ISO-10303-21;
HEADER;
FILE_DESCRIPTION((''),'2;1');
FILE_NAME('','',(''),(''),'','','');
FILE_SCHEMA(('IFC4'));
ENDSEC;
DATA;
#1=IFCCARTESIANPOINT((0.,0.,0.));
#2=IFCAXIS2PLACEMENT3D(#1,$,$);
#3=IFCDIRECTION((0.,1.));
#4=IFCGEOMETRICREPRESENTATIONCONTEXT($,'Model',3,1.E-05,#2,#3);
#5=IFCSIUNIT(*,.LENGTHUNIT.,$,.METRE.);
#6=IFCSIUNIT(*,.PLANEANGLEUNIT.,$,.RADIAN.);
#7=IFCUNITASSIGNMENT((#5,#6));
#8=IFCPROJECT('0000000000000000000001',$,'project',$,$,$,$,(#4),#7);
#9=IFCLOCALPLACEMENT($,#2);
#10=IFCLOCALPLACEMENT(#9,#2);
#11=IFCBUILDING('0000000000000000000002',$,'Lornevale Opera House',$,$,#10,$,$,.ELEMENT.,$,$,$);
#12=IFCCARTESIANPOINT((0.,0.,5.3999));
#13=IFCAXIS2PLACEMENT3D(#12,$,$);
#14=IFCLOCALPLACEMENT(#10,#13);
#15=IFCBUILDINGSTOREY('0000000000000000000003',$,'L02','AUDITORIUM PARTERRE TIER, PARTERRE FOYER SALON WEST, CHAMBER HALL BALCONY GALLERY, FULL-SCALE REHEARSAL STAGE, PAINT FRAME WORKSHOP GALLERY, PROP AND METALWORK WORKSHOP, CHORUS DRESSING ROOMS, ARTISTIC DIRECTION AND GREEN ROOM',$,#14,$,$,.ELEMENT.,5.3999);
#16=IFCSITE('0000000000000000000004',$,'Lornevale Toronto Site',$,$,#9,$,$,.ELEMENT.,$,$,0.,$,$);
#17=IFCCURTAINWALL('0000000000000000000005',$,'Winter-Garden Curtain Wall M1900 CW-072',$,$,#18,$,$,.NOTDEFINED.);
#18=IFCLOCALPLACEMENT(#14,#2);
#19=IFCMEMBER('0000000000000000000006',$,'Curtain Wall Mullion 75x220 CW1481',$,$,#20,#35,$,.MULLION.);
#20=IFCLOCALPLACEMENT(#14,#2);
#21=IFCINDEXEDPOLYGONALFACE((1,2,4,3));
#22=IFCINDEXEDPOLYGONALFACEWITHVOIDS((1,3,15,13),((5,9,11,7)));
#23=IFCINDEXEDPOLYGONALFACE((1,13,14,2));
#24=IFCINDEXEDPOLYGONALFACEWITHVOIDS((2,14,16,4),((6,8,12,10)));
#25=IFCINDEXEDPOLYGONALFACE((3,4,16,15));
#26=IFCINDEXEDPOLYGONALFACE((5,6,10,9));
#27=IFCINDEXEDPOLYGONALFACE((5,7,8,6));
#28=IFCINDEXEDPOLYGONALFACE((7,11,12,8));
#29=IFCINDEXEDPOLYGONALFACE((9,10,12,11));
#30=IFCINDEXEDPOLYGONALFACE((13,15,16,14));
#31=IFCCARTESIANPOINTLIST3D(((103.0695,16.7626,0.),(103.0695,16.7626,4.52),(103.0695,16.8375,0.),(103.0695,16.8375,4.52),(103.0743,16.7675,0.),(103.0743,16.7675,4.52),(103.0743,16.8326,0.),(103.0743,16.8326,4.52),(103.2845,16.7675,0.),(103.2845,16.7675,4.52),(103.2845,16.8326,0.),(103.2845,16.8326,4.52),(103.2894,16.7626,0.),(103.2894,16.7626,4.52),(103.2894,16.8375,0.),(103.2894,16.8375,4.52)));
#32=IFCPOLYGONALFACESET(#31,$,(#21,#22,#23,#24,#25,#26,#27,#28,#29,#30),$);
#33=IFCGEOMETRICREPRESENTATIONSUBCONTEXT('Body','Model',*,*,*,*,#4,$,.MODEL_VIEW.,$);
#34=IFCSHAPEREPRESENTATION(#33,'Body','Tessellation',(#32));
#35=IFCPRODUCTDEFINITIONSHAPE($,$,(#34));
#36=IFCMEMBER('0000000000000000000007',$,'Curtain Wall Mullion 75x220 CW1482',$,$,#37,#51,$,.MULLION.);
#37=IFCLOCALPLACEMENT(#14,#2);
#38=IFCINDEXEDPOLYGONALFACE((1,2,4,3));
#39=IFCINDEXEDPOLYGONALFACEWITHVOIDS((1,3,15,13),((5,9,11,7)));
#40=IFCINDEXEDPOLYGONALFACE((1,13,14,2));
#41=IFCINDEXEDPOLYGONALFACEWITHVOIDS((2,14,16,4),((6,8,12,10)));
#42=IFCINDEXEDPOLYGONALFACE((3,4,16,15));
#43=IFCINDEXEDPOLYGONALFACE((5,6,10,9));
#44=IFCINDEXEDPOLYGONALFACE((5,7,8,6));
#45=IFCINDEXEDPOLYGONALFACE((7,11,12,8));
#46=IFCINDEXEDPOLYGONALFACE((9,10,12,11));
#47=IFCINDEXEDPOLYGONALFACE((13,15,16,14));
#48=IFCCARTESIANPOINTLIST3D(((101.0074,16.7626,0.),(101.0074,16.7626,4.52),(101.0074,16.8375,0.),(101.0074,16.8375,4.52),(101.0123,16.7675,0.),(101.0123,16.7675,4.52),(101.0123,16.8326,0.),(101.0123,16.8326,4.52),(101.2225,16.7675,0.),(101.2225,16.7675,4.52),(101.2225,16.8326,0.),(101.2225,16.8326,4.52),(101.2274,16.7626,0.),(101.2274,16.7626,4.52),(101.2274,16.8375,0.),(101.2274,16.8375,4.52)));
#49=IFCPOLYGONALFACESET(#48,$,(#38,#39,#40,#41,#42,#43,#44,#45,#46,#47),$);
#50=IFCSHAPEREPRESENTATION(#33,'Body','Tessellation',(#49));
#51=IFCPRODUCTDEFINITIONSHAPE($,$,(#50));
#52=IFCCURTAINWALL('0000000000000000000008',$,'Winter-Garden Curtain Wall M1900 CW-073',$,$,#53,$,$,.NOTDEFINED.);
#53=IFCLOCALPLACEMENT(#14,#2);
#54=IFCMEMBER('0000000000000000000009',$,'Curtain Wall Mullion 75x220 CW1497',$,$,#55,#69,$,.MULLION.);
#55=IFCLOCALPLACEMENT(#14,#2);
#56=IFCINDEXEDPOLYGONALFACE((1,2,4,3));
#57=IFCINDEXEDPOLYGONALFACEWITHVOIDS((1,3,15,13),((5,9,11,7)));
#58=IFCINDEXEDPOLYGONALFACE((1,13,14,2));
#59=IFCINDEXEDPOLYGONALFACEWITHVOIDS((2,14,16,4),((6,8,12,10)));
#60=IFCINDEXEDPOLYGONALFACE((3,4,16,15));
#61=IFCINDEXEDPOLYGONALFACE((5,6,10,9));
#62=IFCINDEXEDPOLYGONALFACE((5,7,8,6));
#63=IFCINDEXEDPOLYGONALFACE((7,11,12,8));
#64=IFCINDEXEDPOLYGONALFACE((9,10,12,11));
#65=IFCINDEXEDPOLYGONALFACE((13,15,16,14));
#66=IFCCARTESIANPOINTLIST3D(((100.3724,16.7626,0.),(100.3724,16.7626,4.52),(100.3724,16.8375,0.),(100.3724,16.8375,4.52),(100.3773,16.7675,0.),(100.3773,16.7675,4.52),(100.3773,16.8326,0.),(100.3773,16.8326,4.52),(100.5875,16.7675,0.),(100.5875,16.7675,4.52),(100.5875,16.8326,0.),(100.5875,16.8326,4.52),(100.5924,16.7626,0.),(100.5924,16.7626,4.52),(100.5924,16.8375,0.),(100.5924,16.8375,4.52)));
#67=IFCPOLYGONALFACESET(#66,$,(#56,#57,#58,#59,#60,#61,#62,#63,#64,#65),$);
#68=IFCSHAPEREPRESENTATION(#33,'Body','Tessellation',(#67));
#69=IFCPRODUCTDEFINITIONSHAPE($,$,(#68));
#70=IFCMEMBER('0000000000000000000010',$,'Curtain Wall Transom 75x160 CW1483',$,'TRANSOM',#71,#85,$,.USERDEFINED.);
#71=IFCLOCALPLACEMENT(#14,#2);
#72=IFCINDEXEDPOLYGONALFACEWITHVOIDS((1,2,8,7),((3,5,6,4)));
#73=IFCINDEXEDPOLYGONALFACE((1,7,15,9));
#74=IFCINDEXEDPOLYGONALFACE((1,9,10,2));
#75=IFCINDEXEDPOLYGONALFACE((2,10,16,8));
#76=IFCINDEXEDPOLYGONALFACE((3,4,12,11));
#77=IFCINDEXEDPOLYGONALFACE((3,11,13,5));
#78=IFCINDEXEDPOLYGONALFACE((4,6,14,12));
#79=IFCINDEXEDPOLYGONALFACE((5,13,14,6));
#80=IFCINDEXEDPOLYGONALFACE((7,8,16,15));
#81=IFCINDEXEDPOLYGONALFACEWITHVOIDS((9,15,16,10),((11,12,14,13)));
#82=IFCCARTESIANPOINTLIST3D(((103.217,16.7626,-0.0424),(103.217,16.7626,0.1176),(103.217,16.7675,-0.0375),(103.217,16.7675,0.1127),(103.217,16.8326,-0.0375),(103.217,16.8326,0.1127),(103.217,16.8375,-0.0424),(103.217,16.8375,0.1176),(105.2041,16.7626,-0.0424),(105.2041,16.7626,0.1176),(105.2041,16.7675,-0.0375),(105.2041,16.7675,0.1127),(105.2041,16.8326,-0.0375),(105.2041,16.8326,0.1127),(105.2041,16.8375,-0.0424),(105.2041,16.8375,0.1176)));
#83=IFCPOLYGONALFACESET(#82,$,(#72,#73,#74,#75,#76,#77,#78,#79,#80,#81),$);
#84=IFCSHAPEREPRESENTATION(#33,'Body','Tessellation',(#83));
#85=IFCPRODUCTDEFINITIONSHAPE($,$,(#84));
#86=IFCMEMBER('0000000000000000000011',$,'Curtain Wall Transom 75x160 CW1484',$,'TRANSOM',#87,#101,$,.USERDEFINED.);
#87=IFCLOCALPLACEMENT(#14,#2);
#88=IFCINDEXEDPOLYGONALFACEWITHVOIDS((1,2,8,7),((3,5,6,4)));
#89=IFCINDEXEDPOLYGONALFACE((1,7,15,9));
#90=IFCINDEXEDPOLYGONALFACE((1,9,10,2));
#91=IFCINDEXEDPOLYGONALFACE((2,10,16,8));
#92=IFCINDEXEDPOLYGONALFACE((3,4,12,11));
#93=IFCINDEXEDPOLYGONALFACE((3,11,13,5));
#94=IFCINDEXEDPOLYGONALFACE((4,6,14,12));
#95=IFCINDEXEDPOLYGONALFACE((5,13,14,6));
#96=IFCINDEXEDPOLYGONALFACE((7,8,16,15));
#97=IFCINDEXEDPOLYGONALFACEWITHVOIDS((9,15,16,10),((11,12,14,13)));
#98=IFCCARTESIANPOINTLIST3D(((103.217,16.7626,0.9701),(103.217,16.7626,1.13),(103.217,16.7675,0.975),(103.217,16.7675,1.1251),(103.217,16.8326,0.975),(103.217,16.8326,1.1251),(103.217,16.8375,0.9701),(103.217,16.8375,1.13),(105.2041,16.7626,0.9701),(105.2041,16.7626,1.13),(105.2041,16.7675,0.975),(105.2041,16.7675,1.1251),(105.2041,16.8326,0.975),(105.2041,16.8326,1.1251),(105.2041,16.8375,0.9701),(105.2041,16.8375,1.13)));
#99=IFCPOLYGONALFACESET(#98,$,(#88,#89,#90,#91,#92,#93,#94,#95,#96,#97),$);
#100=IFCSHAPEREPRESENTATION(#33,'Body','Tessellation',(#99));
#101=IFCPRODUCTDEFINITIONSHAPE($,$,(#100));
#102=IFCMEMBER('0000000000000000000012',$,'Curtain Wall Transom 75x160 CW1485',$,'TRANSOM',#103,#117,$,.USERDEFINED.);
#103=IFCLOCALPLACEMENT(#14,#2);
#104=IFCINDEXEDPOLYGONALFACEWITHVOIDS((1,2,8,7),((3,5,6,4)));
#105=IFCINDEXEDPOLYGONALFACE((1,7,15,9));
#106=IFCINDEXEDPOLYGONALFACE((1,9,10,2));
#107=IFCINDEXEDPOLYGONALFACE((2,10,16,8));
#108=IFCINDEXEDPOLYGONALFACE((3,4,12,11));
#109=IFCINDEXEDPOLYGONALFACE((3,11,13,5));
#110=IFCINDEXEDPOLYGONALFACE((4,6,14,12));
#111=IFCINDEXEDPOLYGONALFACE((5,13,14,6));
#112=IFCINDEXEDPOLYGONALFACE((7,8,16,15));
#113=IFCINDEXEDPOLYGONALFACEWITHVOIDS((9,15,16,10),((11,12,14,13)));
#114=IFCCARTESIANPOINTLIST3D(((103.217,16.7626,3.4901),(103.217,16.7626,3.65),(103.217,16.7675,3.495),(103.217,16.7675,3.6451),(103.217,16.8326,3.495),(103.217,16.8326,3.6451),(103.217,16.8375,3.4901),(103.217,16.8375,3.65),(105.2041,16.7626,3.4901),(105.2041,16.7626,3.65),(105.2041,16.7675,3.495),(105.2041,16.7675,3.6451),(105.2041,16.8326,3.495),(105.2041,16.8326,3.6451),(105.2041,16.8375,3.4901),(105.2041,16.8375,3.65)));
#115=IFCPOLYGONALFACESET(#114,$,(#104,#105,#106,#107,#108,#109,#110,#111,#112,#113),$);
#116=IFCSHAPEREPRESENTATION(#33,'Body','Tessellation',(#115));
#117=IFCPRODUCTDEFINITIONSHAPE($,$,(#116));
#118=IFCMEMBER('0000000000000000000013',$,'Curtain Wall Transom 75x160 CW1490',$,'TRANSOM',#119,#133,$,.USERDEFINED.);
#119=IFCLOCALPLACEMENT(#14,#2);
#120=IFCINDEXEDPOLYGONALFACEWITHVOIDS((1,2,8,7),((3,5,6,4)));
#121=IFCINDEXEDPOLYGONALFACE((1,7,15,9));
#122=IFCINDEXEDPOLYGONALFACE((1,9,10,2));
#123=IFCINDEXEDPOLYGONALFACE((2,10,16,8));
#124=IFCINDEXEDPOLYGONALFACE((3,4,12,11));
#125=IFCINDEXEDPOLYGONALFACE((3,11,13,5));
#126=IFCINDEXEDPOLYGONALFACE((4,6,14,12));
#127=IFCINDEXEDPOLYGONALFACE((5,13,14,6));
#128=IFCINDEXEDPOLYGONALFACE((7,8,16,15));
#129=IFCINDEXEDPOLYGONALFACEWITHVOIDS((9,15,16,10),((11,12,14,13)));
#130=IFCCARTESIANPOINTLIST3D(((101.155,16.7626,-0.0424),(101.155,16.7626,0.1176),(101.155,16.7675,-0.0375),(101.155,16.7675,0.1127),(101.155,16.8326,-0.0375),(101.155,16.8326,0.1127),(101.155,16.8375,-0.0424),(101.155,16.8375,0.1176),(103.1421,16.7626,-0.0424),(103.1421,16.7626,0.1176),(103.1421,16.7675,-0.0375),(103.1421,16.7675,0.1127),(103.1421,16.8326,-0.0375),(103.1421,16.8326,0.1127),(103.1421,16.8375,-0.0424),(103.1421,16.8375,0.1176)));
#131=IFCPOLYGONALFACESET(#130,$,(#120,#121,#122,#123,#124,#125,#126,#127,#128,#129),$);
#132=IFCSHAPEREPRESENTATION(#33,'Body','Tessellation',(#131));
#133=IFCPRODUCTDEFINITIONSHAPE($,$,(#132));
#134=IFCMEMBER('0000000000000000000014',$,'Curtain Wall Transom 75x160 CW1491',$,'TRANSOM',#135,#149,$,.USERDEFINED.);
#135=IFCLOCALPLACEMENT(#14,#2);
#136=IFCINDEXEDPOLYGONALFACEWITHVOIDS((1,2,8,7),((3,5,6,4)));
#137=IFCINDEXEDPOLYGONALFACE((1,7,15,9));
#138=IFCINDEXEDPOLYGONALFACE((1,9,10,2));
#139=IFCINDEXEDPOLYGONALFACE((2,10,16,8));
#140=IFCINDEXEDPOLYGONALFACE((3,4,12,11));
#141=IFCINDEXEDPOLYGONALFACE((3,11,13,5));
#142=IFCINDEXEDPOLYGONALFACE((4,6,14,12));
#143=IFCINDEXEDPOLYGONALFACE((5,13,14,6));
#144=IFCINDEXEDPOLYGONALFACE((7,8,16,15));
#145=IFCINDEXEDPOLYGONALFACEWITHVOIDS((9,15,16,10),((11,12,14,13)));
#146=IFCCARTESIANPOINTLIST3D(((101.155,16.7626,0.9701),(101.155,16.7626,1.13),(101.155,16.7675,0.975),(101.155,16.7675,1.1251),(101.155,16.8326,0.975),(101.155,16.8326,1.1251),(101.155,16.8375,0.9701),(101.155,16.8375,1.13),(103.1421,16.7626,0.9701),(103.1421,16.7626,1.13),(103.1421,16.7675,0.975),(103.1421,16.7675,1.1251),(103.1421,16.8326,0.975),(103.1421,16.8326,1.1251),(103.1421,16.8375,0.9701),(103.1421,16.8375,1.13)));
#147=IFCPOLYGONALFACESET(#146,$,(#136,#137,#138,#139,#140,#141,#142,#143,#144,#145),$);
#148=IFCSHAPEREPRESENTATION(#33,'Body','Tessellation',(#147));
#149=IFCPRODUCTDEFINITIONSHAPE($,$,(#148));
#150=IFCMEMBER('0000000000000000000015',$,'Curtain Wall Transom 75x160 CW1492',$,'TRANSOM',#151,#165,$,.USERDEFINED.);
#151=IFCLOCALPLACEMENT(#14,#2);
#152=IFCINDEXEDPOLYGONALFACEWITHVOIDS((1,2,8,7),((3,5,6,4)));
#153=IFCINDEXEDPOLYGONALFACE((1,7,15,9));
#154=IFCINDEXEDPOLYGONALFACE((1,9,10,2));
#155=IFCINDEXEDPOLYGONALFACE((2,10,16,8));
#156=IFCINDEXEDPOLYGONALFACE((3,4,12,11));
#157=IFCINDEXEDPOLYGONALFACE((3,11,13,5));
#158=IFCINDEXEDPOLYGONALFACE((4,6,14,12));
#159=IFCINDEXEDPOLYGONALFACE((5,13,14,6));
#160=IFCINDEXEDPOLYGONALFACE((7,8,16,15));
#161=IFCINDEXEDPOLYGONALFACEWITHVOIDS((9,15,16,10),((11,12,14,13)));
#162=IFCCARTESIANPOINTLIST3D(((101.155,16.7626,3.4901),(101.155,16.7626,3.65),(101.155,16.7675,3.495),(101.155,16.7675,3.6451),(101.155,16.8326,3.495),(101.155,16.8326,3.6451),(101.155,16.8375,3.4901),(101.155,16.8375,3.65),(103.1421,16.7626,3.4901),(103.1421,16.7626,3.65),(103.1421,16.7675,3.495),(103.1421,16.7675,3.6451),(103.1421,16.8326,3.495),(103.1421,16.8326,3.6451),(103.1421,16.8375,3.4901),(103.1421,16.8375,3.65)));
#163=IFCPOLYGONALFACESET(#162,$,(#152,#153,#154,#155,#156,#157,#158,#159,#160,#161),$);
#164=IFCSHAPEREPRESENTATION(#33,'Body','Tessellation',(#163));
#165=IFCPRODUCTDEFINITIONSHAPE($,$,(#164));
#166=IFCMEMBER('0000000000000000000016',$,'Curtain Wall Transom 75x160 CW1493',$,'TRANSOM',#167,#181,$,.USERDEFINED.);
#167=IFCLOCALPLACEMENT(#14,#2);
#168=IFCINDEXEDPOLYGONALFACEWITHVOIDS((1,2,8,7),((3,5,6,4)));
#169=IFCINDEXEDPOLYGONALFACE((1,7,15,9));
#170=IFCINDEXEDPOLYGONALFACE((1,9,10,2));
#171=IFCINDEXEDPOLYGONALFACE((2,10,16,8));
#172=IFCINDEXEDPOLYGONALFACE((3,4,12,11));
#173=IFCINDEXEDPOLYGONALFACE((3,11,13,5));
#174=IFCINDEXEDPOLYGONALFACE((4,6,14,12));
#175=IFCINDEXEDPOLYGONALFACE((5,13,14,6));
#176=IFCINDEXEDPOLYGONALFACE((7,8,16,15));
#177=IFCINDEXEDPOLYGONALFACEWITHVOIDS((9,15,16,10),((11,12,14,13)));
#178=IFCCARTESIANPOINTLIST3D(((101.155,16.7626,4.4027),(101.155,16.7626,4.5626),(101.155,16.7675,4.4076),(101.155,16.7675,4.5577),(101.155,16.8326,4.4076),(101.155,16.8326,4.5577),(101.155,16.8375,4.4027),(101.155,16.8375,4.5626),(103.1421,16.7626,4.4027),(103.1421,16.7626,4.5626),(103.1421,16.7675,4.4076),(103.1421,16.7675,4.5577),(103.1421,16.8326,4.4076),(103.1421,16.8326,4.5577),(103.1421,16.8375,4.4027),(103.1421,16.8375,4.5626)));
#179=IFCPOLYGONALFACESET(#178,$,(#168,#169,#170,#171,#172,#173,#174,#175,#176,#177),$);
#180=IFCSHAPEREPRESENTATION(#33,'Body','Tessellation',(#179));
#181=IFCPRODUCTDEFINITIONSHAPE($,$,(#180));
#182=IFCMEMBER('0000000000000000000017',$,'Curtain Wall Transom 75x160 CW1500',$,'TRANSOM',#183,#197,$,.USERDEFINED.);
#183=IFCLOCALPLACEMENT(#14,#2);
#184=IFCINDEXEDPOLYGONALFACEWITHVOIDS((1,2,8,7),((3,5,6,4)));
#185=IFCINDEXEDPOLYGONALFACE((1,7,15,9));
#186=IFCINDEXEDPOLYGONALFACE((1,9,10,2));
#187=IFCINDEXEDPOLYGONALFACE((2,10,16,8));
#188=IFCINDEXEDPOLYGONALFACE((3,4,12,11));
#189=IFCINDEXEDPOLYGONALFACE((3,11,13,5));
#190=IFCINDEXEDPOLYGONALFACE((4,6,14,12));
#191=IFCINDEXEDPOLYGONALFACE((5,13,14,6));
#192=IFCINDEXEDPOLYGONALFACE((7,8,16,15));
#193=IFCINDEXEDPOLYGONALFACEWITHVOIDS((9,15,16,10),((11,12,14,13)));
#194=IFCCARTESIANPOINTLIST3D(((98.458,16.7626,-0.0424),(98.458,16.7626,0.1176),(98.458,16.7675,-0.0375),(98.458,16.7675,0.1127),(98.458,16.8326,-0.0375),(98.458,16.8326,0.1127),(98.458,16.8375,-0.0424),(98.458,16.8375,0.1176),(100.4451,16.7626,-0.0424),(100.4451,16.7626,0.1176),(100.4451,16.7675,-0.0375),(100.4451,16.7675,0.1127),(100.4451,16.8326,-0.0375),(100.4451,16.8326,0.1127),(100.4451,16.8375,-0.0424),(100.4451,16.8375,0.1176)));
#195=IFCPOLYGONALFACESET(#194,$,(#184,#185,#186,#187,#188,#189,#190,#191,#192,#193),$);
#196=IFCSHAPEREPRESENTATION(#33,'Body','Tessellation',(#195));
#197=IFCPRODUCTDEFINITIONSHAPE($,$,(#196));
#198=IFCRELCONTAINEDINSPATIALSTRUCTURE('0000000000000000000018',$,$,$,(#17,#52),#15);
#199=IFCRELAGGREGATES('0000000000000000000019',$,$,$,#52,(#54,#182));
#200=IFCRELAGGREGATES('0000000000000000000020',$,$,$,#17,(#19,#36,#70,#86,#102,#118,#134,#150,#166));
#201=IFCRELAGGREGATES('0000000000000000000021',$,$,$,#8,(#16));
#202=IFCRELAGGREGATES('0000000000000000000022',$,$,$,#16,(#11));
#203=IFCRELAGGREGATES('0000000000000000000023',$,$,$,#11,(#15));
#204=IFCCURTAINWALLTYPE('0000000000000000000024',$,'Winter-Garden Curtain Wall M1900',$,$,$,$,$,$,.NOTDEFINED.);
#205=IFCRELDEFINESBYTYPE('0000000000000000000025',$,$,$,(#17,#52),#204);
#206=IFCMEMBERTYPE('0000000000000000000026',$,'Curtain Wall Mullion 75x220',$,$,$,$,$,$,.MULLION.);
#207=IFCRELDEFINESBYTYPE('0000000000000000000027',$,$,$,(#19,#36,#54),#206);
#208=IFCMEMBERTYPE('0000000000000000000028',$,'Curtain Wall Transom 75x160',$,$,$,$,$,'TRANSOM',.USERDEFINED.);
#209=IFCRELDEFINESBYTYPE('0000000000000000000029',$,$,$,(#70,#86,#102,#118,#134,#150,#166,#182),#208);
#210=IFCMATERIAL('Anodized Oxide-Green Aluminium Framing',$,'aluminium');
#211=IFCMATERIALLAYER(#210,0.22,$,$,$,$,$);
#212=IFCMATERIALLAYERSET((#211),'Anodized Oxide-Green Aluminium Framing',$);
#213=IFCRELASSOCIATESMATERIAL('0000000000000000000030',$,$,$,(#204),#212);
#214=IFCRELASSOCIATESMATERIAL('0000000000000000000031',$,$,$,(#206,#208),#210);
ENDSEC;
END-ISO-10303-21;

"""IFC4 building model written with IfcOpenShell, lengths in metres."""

from ifc_helpers import new_model, si_unit, direction, frame, origin, origin_2d, place, context, subcontext, project, spatial, hollow_rectangle, extrude, material, layer, layer_set, material_profile, profile_set, type_object, element, aggregate, save


model = new_model("IFC4")

# Units and contexts
model_context = context("Model", 3, precision=1e-05, world=origin(), true_north=direction((0.0, 1.0)))
body_context = subcontext(model_context, "Body", "Model", "MODEL_VIEW")
ifc_project = project(units=[si_unit("LENGTHUNIT", "METRE"), si_unit("PLANEANGLEUNIT", "RADIAN")], contexts=[model_context])

# Site, building, storey
site_placement = place(None, origin())
site = spatial("IfcSite", under=ifc_project, at=site_placement, Name="Lornevale Toronto Site", CompositionType="ELEMENT", RefElevation=0.0)
building_placement = place(site_placement, origin())
building = spatial("IfcBuilding", under=site, at=building_placement, Name="Lornevale Opera House", CompositionType="ELEMENT")
storey_placement = place(building_placement, frame((0.0, 0.0, 5.3999)))
storey = spatial("IfcBuildingStorey", under=building, at=storey_placement, Name="L02", Description="AUDITORIUM PARTERRE TIER, PARTERRE FOYER SALON WEST, CHAMBER HALL BALCONY GALLERY, FULL-SCALE REHEARSAL STAGE, PAINT FRAME WORKSHOP GALLERY, PROP AND METALWORK WORKSHOP, CHORUS DRESSING ROOMS, ARTISTIC DIRECTION AND GREEN ROOM", CompositionType="ELEMENT", Elevation=5.3999)

# Curtain wall, members
ifc_material_1 = material(Name="Anodized Oxide-Green Aluminium Framing", Category="aluminium")
ifc_layer_1 = layer(ifc_material_1, 0.22)
ifc_layer_set_1 = layer_set([ifc_layer_1], Name="Anodized Oxide-Green Aluminium Framing")
curtain_wall_type = type_object("IfcCurtainWallType", Name="Winter-Garden Curtain Wall M1900", PredefinedType="NOTDEFINED", material=ifc_layer_set_1)
curtain_wall_1_placement = place(storey_placement, origin())
curtain_wall_1 = element("IfcCurtainWall", 1, at=curtain_wall_1_placement, inside=storey, type_object=curtain_wall_type, Name="Winter-Garden Curtain Wall M1900 CW-072", PredefinedType="NOTDEFINED")
ifc_material_profile_1 = material_profile(ifc_material_1, hollow_rectangle(XDim=0.075, YDim=0.22, WallThickness=0.0049, at=origin_2d()), Name="ALU75x220x5")
ifc_profile_set_1 = profile_set([ifc_material_profile_1], Name="Anodized Oxide-Green Aluminium Framing")
member_type_1 = type_object("IfcMemberType", Name="Curtain Wall Mullion 75x220", PredefinedType="MULLION", material=ifc_profile_set_1)
member_1_placement = place(storey_placement, frame((103.1794, 16.8, 0.0), z_axis=(0.0, 0.0, 1.0), x_axis=(0.0, -1.0, 0.0)))
member_1 = element("IfcMember", 2, at=member_1_placement, type_object=member_type_1, Name="Curtain Wall Mullion 75x220 CW1481", PredefinedType="MULLION", context=body_context, shape_type="SweptSolid", body=[
    extrude(hollow_rectangle(XDim=0.075, YDim=0.22, WallThickness=0.0049, at=origin_2d()), origin(), (0.0, 0.0, 1.0), 4.52),
])
member_2_placement = place(storey_placement, frame((101.1174, 16.8, 0.0), z_axis=(0.0, 0.0, 1.0), x_axis=(0.0, -1.0, 0.0)))
member_2 = element("IfcMember", 3, at=member_2_placement, type_object=member_type_1, Name="Curtain Wall Mullion 75x220 CW1482", PredefinedType="MULLION", context=body_context, shape_type="SweptSolid", body=[
    extrude(hollow_rectangle(XDim=0.075, YDim=0.22, WallThickness=0.0049, at=origin_2d()), origin(), (0.0, 0.0, 1.0), 4.52),
])

# Curtain wall, member
curtain_wall_2_placement = place(storey_placement, origin())
curtain_wall_2 = element("IfcCurtainWall", 4, at=curtain_wall_2_placement, inside=storey, type_object=curtain_wall_type, Name="Winter-Garden Curtain Wall M1900 CW-073", PredefinedType="NOTDEFINED")
member_3_placement = place(storey_placement, frame((100.4824, 16.8, 0.0), z_axis=(0.0, 0.0, 1.0), x_axis=(0.0, -1.0, 0.0)))
member_3 = element("IfcMember", 5, at=member_3_placement, type_object=member_type_1, Name="Curtain Wall Mullion 75x220 CW1497", PredefinedType="MULLION", context=body_context, shape_type="SweptSolid", body=[
    extrude(hollow_rectangle(XDim=0.075, YDim=0.22, WallThickness=0.0049, at=origin_2d()), origin(), (0.0, 0.0, 1.0), 4.52),
])

# Members
ifc_material_profile_2 = material_profile(ifc_material_1, hollow_rectangle(XDim=0.075, YDim=0.1599, WallThickness=0.0049, at=origin_2d()), Name="ALU75x160x5")
ifc_profile_set_2 = profile_set([ifc_material_profile_2], Name="Anodized Oxide-Green Aluminium Framing")
member_type_2 = type_object("IfcMemberType", Name="Curtain Wall Transom 75x160", ElementType="TRANSOM", PredefinedType="USERDEFINED", material=ifc_profile_set_2)
member_4_placement = place(storey_placement, frame((105.2041, 16.8, 0.0376), z_axis=(-1.0, 0.0, 0.0), x_axis=(0.0, -1.0, 0.0)))
member_4 = element("IfcMember", 6, at=member_4_placement, type_object=member_type_2, Name="Curtain Wall Transom 75x160 CW1483", ObjectType="TRANSOM", PredefinedType="USERDEFINED", context=body_context, shape_type="SweptSolid", body=[
    extrude(hollow_rectangle(XDim=0.075, YDim=0.1599, WallThickness=0.0049, at=origin_2d()), origin(), (0.0, 0.0, 1.0), 1.9871),
])
member_5_placement = place(storey_placement, frame((105.2041, 16.8, 1.05), z_axis=(-1.0, 0.0, 0.0), x_axis=(0.0, -1.0, 0.0)))
member_5 = element("IfcMember", 7, at=member_5_placement, type_object=member_type_2, Name="Curtain Wall Transom 75x160 CW1484", ObjectType="TRANSOM", PredefinedType="USERDEFINED", context=body_context, shape_type="SweptSolid", body=[
    extrude(hollow_rectangle(XDim=0.075, YDim=0.1599, WallThickness=0.0049, at=origin_2d()), origin(), (0.0, 0.0, 1.0), 1.9871),
])
member_6_placement = place(storey_placement, frame((105.2041, 16.8, 3.5701), z_axis=(-1.0, 0.0, 0.0), x_axis=(0.0, -1.0, 0.0)))
member_6 = element("IfcMember", 8, at=member_6_placement, type_object=member_type_2, Name="Curtain Wall Transom 75x160 CW1485", ObjectType="TRANSOM", PredefinedType="USERDEFINED", context=body_context, shape_type="SweptSolid", body=[
    extrude(hollow_rectangle(XDim=0.075, YDim=0.1599, WallThickness=0.0049, at=origin_2d()), origin(), (0.0, 0.0, 1.0), 1.9871),
])
member_7_placement = place(storey_placement, frame((103.1421, 16.8, 0.0376), z_axis=(-1.0, 0.0, 0.0), x_axis=(0.0, -1.0, 0.0)))
member_7 = element("IfcMember", 9, at=member_7_placement, type_object=member_type_2, Name="Curtain Wall Transom 75x160 CW1490", ObjectType="TRANSOM", PredefinedType="USERDEFINED", context=body_context, shape_type="SweptSolid", body=[
    extrude(hollow_rectangle(XDim=0.075, YDim=0.1599, WallThickness=0.0049, at=origin_2d()), origin(), (0.0, 0.0, 1.0), 1.9871),
])
member_8_placement = place(storey_placement, frame((103.1421, 16.8, 1.05), z_axis=(-1.0, 0.0, 0.0), x_axis=(0.0, -1.0, 0.0)))
member_8 = element("IfcMember", 10, at=member_8_placement, type_object=member_type_2, Name="Curtain Wall Transom 75x160 CW1491", ObjectType="TRANSOM", PredefinedType="USERDEFINED", context=body_context, shape_type="SweptSolid", body=[
    extrude(hollow_rectangle(XDim=0.075, YDim=0.1599, WallThickness=0.0049, at=origin_2d()), origin(), (0.0, 0.0, 1.0), 1.9871),
])
member_9_placement = place(storey_placement, frame((103.1421, 16.8, 3.5701), z_axis=(-1.0, 0.0, 0.0), x_axis=(0.0, -1.0, 0.0)))
member_9 = element("IfcMember", 11, at=member_9_placement, type_object=member_type_2, Name="Curtain Wall Transom 75x160 CW1492", ObjectType="TRANSOM", PredefinedType="USERDEFINED", context=body_context, shape_type="SweptSolid", body=[
    extrude(hollow_rectangle(XDim=0.075, YDim=0.1599, WallThickness=0.0049, at=origin_2d()), origin(), (0.0, 0.0, 1.0), 1.9871),
])
member_10_placement = place(storey_placement, frame((103.1421, 16.8, 4.4827), z_axis=(-1.0, 0.0, 0.0), x_axis=(0.0, -1.0, 0.0)))
member_10 = element("IfcMember", 12, at=member_10_placement, type_object=member_type_2, Name="Curtain Wall Transom 75x160 CW1493", ObjectType="TRANSOM", PredefinedType="USERDEFINED", context=body_context, shape_type="SweptSolid", body=[
    extrude(hollow_rectangle(XDim=0.075, YDim=0.1599, WallThickness=0.0049, at=origin_2d()), origin(), (0.0, 0.0, 1.0), 1.9871),
])
member_11_placement = place(storey_placement, frame((100.4451, 16.8, 0.0376), z_axis=(-1.0, 0.0, 0.0), x_axis=(0.0, -1.0, 0.0)))
member_11 = element("IfcMember", 13, at=member_11_placement, type_object=member_type_2, Name="Curtain Wall Transom 75x160 CW1500", ObjectType="TRANSOM", PredefinedType="USERDEFINED", context=body_context, shape_type="SweptSolid", body=[
    extrude(hollow_rectangle(XDim=0.075, YDim=0.1599, WallThickness=0.0049, at=origin_2d()), origin(), (0.0, 0.0, 1.0), 1.9871),
])
aggregate(curtain_wall_2, [member_3, member_11])

aggregate(curtain_wall_1, [member_1, member_2, member_4, member_5, member_6, member_7, member_8, member_9, member_10])

save(model, "model.ifc")
